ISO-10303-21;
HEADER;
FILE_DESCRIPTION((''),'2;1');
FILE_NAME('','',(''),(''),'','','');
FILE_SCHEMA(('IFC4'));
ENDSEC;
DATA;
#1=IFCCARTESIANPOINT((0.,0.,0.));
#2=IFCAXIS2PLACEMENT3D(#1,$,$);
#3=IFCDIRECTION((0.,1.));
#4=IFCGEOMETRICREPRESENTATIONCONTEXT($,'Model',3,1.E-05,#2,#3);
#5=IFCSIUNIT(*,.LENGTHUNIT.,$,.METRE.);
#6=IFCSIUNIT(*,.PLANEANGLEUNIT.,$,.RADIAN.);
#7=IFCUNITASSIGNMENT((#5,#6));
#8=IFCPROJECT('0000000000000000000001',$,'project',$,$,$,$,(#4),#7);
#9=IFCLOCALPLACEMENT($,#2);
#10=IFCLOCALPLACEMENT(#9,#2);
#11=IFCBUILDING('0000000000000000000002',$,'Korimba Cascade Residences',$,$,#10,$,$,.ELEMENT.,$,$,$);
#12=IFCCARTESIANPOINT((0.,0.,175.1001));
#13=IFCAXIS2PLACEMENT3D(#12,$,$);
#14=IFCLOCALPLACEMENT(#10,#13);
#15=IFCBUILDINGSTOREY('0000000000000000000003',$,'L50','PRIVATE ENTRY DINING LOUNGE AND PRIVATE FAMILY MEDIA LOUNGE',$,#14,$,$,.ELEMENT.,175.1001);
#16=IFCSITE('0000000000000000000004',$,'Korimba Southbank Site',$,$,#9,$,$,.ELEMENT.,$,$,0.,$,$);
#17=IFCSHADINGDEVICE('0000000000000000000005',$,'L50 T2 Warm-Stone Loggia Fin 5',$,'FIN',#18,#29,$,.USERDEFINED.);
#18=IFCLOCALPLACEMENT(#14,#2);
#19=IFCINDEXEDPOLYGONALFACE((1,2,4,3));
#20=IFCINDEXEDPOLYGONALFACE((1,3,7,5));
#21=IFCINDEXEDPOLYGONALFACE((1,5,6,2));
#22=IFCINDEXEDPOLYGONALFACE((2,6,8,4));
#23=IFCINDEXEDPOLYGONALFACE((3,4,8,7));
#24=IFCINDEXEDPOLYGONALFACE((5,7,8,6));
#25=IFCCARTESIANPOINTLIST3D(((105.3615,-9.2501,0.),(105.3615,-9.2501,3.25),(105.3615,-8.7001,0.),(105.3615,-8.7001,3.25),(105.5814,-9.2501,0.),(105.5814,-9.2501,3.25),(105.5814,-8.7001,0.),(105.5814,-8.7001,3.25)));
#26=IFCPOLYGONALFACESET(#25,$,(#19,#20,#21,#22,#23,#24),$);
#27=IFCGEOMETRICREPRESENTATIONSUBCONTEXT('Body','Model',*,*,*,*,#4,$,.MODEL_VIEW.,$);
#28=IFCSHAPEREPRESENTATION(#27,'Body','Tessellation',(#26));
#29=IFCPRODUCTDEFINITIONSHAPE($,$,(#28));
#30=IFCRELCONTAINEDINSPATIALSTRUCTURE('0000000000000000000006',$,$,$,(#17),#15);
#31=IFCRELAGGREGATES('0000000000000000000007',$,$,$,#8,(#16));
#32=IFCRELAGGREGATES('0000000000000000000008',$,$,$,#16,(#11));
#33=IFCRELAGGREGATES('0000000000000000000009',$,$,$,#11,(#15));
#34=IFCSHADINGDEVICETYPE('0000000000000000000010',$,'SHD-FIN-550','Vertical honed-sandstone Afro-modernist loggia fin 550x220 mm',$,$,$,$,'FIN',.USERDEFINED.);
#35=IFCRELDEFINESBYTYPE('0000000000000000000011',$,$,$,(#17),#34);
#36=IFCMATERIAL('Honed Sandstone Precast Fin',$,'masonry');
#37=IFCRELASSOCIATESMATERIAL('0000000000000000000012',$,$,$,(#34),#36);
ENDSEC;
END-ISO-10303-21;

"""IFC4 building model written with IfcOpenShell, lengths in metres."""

from ifc_helpers import new_model, si_unit, direction, frame, origin, origin_2d, place, context, subcontext, project, spatial, rectangle, extrude, material, type_object, element, save


model = new_model("IFC4")

# Units and contexts
model_context = context("Model", 3, precision=1e-05, world=origin(), true_north=direction((0.0, 1.0)))
body_context = subcontext(model_context, "Body", "Model", "MODEL_VIEW")
ifc_project = project(units=[si_unit("LENGTHUNIT", "METRE"), si_unit("PLANEANGLEUNIT", "RADIAN")], contexts=[model_context])

# Site, building, storey
site_placement = place(None, origin())
site = spatial("IfcSite", under=ifc_project, at=site_placement, Name="Korimba Southbank Site", CompositionType="ELEMENT", RefElevation=0.0)
building_placement = place(site_placement, origin())
building = spatial("IfcBuilding", under=site, at=building_placement, Name="Korimba Cascade Residences", CompositionType="ELEMENT")
storey_placement = place(building_placement, frame((0.0, 0.0, 175.1001)))
storey = spatial("IfcBuildingStorey", under=building, at=storey_placement, Name="L50", Description="PRIVATE ENTRY DINING LOUNGE AND PRIVATE FAMILY MEDIA LOUNGE", CompositionType="ELEMENT", Elevation=175.1001)

# Shading device
ifc_material_1 = material(Name="Honed Sandstone Precast Fin", Category="masonry")
shading_device_type = type_object("IfcShadingDeviceType", Name="SHD-FIN-550", Description="Vertical honed-sandstone Afro-modernist loggia fin 550x220 mm", ElementType="FIN", PredefinedType="USERDEFINED", material=ifc_material_1)
for number, where, z_axis, x_axis, name in (
    (1, (105.4714, -8.9751, 0.0), (0.0, 0.0, 1.0), (1.0, 0.0, 0.0), "L50 T2 Warm-Stone Loggia Fin 5"),
):
    element("IfcShadingDevice", number, at=place(storey_placement, frame(where, z_axis=z_axis, x_axis=x_axis)), inside=storey, type_object=shading_device_type, Name=name, ObjectType="FIN", PredefinedType="USERDEFINED", context=body_context, shape_type="SweptSolid", body=[
        extrude(rectangle(XDim=0.22, YDim=0.55, at=origin_2d()), origin(), (0.0, 0.0, 1.0), 3.25),
    ])

save(model, "model.ifc")
